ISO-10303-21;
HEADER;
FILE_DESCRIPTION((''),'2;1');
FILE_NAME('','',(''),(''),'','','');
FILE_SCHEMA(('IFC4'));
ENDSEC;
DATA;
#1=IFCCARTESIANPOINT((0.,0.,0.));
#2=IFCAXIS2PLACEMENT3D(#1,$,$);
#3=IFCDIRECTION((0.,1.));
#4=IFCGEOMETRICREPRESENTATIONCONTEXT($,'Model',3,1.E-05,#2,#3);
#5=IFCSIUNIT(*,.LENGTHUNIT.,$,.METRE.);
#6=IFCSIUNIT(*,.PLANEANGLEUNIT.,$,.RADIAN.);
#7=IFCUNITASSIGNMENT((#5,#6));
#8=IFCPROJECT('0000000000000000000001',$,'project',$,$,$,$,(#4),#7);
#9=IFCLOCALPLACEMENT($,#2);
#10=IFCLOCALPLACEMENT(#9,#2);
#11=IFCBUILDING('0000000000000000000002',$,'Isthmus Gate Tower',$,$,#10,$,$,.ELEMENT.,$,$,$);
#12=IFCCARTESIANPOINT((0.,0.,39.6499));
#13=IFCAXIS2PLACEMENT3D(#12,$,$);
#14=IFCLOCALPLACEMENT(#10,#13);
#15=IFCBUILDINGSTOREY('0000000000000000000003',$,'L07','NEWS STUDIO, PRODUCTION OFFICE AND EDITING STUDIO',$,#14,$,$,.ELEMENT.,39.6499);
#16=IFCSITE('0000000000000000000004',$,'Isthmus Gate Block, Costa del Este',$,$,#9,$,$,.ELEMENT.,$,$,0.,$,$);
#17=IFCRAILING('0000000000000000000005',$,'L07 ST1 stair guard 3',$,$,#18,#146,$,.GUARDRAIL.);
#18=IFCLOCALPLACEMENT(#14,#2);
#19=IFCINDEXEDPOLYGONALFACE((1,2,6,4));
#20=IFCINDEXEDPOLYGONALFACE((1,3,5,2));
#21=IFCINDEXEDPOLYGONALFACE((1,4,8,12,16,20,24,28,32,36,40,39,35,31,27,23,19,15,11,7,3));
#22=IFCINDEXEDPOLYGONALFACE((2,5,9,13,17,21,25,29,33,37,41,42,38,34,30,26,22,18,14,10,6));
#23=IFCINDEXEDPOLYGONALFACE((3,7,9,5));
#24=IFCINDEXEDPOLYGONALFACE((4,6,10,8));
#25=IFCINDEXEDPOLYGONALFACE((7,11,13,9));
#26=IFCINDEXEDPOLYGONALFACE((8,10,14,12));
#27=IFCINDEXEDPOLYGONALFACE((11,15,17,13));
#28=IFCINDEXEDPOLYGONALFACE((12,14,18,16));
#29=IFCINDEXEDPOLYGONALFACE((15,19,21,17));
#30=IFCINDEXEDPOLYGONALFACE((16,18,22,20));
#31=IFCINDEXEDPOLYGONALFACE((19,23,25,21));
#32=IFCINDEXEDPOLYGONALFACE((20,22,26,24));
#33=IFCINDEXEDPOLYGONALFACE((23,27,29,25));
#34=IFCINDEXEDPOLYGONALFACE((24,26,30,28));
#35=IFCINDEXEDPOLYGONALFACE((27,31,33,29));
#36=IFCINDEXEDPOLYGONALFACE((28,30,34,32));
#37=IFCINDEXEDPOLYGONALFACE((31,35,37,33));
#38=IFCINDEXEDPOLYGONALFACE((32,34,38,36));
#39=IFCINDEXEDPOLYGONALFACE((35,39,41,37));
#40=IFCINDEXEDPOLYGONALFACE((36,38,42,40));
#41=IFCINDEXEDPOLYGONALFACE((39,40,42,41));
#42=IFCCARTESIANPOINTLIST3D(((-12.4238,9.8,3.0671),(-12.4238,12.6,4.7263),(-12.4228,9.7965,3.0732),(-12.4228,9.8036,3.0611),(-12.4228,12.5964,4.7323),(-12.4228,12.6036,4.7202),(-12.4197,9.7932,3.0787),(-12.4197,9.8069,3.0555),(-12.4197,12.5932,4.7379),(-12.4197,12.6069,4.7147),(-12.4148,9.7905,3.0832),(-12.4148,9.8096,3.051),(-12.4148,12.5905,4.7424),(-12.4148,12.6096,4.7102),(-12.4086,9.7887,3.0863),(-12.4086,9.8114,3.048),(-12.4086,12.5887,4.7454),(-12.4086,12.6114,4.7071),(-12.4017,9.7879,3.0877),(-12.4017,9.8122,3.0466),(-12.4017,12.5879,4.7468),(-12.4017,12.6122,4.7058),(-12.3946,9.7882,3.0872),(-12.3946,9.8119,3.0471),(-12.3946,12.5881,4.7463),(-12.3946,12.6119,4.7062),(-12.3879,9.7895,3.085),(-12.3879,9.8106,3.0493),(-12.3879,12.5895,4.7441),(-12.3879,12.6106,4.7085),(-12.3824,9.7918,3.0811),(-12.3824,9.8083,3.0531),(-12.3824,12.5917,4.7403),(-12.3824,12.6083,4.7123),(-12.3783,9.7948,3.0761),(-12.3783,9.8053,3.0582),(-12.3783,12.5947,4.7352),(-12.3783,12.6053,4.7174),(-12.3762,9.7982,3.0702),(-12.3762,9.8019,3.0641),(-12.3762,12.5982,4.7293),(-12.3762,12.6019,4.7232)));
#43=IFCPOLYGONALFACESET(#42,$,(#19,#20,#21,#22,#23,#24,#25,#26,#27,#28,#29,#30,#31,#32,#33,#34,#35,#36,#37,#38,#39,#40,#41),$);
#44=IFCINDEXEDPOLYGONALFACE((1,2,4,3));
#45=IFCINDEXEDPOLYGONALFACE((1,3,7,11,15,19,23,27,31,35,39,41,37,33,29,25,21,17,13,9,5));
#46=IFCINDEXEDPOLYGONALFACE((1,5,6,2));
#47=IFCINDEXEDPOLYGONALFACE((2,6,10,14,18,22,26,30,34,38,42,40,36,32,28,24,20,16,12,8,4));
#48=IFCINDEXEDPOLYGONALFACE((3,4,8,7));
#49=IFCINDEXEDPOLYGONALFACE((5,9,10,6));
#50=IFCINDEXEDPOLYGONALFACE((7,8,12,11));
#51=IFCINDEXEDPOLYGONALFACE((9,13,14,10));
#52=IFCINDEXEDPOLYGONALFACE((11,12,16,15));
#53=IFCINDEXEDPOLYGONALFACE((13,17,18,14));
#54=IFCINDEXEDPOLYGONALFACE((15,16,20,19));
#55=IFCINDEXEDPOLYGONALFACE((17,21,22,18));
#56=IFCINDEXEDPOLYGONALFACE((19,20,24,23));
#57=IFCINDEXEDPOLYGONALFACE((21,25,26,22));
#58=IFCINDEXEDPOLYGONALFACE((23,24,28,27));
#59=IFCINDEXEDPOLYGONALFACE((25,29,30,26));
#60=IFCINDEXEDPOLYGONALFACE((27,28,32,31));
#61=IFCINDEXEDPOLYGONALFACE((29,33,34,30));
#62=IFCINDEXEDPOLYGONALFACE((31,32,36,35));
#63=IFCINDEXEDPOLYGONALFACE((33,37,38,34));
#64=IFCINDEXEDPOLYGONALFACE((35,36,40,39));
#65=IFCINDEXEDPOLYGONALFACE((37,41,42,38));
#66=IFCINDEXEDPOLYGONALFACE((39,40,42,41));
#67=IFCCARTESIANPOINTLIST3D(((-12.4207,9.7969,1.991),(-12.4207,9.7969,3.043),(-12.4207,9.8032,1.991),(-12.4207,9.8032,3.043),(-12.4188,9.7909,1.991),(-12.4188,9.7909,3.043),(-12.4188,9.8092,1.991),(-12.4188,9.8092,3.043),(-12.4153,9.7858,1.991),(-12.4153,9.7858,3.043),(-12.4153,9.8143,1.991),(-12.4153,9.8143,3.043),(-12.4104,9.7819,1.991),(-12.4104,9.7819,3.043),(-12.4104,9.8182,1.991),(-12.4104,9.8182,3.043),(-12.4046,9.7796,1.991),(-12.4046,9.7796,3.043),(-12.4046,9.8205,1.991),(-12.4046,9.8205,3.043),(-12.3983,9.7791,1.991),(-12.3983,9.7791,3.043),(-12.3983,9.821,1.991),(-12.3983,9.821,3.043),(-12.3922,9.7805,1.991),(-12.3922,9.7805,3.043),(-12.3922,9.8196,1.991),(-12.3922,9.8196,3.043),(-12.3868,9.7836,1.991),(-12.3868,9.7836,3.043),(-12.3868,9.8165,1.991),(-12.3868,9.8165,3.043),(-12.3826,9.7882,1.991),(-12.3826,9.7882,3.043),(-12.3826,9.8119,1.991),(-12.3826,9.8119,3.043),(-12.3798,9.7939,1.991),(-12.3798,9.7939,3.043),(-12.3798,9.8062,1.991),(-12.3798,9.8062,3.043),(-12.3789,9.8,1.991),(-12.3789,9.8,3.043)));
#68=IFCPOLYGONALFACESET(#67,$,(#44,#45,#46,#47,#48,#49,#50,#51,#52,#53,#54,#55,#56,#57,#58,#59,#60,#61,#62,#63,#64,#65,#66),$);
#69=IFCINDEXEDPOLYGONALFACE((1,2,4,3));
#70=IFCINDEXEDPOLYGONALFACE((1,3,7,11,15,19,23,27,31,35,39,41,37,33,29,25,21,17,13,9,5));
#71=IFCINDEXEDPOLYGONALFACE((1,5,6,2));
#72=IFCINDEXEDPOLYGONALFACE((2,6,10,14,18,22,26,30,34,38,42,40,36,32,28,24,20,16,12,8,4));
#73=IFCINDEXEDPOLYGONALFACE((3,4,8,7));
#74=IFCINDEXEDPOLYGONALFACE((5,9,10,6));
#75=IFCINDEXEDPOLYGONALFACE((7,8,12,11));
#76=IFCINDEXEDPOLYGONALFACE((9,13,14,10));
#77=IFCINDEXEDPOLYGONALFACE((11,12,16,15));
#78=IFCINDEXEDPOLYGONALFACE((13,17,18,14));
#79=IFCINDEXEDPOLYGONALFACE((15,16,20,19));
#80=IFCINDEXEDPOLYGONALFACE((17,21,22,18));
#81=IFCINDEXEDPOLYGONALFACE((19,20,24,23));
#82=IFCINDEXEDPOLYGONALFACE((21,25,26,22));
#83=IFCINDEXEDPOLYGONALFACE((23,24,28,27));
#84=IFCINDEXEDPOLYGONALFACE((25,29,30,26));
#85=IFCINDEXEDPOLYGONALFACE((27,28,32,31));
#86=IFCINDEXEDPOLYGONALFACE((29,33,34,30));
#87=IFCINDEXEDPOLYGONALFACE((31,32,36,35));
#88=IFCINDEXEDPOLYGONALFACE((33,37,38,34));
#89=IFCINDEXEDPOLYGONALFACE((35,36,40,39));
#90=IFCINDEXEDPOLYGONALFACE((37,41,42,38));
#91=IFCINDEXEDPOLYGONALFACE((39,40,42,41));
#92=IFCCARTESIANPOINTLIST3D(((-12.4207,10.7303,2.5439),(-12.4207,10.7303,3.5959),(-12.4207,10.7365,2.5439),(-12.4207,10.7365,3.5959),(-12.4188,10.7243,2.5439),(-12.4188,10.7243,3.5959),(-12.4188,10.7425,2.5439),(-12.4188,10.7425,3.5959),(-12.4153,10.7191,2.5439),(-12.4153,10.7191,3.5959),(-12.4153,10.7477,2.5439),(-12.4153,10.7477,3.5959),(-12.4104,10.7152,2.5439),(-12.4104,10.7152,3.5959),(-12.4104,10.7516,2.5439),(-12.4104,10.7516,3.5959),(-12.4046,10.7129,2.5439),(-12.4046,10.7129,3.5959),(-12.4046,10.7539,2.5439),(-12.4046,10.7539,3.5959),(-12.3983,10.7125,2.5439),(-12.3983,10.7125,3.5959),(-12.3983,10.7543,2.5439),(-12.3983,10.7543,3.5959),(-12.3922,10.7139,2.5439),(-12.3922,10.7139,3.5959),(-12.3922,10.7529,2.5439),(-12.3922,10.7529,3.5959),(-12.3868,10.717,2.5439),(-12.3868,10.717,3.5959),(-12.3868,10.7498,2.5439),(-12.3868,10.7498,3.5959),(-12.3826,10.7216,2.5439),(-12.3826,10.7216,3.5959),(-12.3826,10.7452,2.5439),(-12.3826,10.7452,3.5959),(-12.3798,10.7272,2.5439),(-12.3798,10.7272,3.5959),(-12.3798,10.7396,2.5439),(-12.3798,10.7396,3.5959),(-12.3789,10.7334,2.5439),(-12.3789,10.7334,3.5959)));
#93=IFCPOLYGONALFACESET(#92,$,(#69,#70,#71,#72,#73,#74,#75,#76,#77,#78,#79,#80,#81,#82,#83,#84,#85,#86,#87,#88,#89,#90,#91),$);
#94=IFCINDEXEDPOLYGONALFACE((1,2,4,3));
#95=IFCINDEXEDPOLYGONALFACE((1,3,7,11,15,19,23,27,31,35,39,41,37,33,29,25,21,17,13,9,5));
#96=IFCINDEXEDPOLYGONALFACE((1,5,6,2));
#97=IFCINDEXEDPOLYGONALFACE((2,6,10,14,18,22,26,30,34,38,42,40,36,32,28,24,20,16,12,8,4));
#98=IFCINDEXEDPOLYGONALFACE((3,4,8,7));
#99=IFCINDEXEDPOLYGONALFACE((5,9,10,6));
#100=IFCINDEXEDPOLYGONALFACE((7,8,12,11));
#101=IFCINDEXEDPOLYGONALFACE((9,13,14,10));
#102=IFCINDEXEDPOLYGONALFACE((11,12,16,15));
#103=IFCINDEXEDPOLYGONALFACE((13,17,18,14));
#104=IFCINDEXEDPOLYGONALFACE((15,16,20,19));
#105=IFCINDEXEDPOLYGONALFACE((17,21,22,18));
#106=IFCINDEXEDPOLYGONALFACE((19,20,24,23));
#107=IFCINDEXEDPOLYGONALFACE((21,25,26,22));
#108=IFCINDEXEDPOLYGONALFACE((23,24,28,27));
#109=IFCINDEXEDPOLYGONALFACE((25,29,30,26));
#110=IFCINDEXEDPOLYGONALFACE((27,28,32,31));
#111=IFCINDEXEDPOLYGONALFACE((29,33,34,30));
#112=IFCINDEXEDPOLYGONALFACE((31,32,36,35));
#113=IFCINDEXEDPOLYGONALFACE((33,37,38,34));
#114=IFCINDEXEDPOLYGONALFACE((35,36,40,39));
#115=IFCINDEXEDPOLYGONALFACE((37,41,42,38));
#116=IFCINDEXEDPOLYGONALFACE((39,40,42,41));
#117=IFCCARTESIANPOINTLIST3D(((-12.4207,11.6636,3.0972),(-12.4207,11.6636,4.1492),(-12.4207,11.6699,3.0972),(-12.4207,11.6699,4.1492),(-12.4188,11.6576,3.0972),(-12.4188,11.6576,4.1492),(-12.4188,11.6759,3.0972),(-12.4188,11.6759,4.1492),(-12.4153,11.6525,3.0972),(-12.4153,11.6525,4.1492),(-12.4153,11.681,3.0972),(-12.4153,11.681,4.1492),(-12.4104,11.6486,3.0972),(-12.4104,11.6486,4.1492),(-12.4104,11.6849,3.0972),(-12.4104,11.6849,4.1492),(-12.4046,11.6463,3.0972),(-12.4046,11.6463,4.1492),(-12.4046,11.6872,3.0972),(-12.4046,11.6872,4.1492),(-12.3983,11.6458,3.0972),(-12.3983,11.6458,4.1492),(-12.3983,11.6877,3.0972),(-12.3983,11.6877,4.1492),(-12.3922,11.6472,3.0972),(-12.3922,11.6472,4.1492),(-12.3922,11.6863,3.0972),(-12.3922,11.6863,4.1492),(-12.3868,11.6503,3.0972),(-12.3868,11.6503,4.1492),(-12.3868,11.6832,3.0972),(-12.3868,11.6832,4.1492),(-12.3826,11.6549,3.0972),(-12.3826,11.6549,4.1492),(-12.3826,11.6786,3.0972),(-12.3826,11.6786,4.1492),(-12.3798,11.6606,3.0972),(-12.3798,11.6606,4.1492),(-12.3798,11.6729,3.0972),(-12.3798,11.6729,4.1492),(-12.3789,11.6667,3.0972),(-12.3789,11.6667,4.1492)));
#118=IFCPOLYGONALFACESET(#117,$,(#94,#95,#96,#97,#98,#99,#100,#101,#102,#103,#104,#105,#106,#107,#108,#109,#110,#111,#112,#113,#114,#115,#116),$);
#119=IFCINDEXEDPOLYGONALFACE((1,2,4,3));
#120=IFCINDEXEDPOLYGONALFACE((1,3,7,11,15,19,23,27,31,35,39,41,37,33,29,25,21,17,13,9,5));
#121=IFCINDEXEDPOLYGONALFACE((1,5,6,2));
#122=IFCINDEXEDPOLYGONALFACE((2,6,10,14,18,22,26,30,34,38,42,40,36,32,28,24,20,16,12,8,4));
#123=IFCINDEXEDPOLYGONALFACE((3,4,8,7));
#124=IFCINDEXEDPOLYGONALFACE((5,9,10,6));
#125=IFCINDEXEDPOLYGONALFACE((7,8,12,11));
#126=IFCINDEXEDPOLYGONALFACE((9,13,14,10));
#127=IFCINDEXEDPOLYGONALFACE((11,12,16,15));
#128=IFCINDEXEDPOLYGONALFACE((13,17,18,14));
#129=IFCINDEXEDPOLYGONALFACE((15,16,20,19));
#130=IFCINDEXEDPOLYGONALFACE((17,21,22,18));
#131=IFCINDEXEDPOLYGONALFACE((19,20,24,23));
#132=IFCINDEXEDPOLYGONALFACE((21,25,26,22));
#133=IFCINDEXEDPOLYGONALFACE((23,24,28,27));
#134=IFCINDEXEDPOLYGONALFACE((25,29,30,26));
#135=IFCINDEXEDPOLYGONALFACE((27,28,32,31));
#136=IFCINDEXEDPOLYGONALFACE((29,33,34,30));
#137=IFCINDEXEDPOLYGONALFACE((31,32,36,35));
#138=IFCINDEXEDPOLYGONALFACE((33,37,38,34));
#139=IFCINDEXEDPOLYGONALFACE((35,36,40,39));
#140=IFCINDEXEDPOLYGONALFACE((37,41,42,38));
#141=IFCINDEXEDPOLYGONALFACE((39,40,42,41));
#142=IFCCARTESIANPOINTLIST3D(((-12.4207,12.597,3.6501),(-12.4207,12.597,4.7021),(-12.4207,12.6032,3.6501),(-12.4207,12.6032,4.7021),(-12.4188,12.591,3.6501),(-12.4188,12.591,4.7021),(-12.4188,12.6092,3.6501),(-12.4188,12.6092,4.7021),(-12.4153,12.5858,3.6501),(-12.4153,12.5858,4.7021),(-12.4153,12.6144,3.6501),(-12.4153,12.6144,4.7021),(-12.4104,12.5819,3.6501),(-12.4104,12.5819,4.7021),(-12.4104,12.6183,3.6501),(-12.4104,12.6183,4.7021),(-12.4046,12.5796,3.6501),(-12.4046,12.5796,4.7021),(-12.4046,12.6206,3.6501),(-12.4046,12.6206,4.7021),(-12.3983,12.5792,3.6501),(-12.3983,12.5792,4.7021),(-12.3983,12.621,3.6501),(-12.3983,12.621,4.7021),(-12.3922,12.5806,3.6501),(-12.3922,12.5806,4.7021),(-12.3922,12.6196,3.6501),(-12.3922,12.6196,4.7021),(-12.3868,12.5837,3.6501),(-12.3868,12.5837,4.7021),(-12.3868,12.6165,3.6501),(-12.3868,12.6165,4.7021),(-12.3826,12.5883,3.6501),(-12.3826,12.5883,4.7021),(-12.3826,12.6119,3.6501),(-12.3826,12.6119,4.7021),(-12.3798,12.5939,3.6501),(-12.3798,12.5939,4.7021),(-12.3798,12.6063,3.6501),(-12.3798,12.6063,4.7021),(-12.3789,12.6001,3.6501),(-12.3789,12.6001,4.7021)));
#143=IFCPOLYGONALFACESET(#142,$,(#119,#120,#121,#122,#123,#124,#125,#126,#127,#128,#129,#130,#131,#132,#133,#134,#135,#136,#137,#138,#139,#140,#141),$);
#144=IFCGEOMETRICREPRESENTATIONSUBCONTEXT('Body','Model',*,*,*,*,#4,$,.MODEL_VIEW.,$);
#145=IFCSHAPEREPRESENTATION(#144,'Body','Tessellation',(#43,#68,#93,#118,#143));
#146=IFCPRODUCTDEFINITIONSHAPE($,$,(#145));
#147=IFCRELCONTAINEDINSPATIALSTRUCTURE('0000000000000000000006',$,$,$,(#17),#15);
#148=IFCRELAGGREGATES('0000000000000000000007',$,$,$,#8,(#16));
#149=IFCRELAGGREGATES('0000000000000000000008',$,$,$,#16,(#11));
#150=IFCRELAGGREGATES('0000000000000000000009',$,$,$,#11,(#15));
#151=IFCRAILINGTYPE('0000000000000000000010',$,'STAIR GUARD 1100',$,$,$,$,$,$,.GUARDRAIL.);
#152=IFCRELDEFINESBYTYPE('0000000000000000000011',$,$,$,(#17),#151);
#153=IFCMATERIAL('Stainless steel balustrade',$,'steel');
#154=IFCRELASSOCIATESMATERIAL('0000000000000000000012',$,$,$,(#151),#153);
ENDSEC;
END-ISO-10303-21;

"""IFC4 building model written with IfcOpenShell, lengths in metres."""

from ifc_helpers import new_model, si_unit, direction, frame, origin, origin_2d, place, context, subcontext, project, spatial, circle, extrude, material, type_object, element, save


model = new_model("IFC4")

# Units and contexts
model_context = context("Model", 3, precision=1e-05, world=origin(), true_north=direction((0.0, 1.0)))
body_context = subcontext(model_context, "Body", "Model", "MODEL_VIEW")
ifc_project = project(units=[si_unit("LENGTHUNIT", "METRE"), si_unit("PLANEANGLEUNIT", "RADIAN")], contexts=[model_context])

# Site, building, storey
site_placement = place(None, origin())
site = spatial("IfcSite", under=ifc_project, at=site_placement, Name="Isthmus Gate Block, Costa del Este", CompositionType="ELEMENT", RefElevation=0.0)
building_placement = place(site_placement, origin())
building = spatial("IfcBuilding", under=site, at=building_placement, Name="Isthmus Gate Tower", CompositionType="ELEMENT")
storey_placement = place(building_placement, frame((0.0, 0.0, 39.6499)))
storey = spatial("IfcBuildingStorey", under=building, at=storey_placement, Name="L07", Description="NEWS STUDIO, PRODUCTION OFFICE AND EDITING STUDIO", CompositionType="ELEMENT", Elevation=39.6499)

# Railing
ifc_material_1 = material(Name="Stainless steel balustrade", Category="steel")
railing_type_1 = type_object("IfcRailingType", Name="STAIR GUARD 1100", PredefinedType="GUARDRAIL", material=ifc_material_1)
for number, where, name in (
    (1, (-12.3999, 9.8, 1.991), "L07 ST1 stair guard 3"),
):
    element("IfcRailing", number, at=place(storey_placement, frame(where)), inside=storey, type_object=railing_type_1, Name=name, PredefinedType="GUARDRAIL", context=body_context, shape_type="SweptSolid", body=[
        extrude(circle(Radius=0.0239, at=origin_2d()), frame((0.0, 0.0, 1.0762), z_axis=(0.0, 0.860306, 0.509778), x_axis=(-1.0, 0.0, 0.0)), (0.0, 0.0, 1.0), 3.2546),
        extrude(circle(Radius=0.021, at=origin_2d()), origin(), (0.0, 0.0, 1.0), 1.052),
        extrude(circle(Radius=0.021, at=origin_2d()), frame((0.0, 0.9333, 0.553)), (0.0, 0.0, 1.0), 1.052),
        extrude(circle(Radius=0.021, at=origin_2d()), frame((0.0, 1.8667, 1.1062)), (0.0, 0.0, 1.0), 1.052),
        extrude(circle(Radius=0.021, at=origin_2d()), frame((0.0, 2.8, 1.6592)), (0.0, 0.0, 1.0), 1.052),
    ])

save(model, "model.ifc")
